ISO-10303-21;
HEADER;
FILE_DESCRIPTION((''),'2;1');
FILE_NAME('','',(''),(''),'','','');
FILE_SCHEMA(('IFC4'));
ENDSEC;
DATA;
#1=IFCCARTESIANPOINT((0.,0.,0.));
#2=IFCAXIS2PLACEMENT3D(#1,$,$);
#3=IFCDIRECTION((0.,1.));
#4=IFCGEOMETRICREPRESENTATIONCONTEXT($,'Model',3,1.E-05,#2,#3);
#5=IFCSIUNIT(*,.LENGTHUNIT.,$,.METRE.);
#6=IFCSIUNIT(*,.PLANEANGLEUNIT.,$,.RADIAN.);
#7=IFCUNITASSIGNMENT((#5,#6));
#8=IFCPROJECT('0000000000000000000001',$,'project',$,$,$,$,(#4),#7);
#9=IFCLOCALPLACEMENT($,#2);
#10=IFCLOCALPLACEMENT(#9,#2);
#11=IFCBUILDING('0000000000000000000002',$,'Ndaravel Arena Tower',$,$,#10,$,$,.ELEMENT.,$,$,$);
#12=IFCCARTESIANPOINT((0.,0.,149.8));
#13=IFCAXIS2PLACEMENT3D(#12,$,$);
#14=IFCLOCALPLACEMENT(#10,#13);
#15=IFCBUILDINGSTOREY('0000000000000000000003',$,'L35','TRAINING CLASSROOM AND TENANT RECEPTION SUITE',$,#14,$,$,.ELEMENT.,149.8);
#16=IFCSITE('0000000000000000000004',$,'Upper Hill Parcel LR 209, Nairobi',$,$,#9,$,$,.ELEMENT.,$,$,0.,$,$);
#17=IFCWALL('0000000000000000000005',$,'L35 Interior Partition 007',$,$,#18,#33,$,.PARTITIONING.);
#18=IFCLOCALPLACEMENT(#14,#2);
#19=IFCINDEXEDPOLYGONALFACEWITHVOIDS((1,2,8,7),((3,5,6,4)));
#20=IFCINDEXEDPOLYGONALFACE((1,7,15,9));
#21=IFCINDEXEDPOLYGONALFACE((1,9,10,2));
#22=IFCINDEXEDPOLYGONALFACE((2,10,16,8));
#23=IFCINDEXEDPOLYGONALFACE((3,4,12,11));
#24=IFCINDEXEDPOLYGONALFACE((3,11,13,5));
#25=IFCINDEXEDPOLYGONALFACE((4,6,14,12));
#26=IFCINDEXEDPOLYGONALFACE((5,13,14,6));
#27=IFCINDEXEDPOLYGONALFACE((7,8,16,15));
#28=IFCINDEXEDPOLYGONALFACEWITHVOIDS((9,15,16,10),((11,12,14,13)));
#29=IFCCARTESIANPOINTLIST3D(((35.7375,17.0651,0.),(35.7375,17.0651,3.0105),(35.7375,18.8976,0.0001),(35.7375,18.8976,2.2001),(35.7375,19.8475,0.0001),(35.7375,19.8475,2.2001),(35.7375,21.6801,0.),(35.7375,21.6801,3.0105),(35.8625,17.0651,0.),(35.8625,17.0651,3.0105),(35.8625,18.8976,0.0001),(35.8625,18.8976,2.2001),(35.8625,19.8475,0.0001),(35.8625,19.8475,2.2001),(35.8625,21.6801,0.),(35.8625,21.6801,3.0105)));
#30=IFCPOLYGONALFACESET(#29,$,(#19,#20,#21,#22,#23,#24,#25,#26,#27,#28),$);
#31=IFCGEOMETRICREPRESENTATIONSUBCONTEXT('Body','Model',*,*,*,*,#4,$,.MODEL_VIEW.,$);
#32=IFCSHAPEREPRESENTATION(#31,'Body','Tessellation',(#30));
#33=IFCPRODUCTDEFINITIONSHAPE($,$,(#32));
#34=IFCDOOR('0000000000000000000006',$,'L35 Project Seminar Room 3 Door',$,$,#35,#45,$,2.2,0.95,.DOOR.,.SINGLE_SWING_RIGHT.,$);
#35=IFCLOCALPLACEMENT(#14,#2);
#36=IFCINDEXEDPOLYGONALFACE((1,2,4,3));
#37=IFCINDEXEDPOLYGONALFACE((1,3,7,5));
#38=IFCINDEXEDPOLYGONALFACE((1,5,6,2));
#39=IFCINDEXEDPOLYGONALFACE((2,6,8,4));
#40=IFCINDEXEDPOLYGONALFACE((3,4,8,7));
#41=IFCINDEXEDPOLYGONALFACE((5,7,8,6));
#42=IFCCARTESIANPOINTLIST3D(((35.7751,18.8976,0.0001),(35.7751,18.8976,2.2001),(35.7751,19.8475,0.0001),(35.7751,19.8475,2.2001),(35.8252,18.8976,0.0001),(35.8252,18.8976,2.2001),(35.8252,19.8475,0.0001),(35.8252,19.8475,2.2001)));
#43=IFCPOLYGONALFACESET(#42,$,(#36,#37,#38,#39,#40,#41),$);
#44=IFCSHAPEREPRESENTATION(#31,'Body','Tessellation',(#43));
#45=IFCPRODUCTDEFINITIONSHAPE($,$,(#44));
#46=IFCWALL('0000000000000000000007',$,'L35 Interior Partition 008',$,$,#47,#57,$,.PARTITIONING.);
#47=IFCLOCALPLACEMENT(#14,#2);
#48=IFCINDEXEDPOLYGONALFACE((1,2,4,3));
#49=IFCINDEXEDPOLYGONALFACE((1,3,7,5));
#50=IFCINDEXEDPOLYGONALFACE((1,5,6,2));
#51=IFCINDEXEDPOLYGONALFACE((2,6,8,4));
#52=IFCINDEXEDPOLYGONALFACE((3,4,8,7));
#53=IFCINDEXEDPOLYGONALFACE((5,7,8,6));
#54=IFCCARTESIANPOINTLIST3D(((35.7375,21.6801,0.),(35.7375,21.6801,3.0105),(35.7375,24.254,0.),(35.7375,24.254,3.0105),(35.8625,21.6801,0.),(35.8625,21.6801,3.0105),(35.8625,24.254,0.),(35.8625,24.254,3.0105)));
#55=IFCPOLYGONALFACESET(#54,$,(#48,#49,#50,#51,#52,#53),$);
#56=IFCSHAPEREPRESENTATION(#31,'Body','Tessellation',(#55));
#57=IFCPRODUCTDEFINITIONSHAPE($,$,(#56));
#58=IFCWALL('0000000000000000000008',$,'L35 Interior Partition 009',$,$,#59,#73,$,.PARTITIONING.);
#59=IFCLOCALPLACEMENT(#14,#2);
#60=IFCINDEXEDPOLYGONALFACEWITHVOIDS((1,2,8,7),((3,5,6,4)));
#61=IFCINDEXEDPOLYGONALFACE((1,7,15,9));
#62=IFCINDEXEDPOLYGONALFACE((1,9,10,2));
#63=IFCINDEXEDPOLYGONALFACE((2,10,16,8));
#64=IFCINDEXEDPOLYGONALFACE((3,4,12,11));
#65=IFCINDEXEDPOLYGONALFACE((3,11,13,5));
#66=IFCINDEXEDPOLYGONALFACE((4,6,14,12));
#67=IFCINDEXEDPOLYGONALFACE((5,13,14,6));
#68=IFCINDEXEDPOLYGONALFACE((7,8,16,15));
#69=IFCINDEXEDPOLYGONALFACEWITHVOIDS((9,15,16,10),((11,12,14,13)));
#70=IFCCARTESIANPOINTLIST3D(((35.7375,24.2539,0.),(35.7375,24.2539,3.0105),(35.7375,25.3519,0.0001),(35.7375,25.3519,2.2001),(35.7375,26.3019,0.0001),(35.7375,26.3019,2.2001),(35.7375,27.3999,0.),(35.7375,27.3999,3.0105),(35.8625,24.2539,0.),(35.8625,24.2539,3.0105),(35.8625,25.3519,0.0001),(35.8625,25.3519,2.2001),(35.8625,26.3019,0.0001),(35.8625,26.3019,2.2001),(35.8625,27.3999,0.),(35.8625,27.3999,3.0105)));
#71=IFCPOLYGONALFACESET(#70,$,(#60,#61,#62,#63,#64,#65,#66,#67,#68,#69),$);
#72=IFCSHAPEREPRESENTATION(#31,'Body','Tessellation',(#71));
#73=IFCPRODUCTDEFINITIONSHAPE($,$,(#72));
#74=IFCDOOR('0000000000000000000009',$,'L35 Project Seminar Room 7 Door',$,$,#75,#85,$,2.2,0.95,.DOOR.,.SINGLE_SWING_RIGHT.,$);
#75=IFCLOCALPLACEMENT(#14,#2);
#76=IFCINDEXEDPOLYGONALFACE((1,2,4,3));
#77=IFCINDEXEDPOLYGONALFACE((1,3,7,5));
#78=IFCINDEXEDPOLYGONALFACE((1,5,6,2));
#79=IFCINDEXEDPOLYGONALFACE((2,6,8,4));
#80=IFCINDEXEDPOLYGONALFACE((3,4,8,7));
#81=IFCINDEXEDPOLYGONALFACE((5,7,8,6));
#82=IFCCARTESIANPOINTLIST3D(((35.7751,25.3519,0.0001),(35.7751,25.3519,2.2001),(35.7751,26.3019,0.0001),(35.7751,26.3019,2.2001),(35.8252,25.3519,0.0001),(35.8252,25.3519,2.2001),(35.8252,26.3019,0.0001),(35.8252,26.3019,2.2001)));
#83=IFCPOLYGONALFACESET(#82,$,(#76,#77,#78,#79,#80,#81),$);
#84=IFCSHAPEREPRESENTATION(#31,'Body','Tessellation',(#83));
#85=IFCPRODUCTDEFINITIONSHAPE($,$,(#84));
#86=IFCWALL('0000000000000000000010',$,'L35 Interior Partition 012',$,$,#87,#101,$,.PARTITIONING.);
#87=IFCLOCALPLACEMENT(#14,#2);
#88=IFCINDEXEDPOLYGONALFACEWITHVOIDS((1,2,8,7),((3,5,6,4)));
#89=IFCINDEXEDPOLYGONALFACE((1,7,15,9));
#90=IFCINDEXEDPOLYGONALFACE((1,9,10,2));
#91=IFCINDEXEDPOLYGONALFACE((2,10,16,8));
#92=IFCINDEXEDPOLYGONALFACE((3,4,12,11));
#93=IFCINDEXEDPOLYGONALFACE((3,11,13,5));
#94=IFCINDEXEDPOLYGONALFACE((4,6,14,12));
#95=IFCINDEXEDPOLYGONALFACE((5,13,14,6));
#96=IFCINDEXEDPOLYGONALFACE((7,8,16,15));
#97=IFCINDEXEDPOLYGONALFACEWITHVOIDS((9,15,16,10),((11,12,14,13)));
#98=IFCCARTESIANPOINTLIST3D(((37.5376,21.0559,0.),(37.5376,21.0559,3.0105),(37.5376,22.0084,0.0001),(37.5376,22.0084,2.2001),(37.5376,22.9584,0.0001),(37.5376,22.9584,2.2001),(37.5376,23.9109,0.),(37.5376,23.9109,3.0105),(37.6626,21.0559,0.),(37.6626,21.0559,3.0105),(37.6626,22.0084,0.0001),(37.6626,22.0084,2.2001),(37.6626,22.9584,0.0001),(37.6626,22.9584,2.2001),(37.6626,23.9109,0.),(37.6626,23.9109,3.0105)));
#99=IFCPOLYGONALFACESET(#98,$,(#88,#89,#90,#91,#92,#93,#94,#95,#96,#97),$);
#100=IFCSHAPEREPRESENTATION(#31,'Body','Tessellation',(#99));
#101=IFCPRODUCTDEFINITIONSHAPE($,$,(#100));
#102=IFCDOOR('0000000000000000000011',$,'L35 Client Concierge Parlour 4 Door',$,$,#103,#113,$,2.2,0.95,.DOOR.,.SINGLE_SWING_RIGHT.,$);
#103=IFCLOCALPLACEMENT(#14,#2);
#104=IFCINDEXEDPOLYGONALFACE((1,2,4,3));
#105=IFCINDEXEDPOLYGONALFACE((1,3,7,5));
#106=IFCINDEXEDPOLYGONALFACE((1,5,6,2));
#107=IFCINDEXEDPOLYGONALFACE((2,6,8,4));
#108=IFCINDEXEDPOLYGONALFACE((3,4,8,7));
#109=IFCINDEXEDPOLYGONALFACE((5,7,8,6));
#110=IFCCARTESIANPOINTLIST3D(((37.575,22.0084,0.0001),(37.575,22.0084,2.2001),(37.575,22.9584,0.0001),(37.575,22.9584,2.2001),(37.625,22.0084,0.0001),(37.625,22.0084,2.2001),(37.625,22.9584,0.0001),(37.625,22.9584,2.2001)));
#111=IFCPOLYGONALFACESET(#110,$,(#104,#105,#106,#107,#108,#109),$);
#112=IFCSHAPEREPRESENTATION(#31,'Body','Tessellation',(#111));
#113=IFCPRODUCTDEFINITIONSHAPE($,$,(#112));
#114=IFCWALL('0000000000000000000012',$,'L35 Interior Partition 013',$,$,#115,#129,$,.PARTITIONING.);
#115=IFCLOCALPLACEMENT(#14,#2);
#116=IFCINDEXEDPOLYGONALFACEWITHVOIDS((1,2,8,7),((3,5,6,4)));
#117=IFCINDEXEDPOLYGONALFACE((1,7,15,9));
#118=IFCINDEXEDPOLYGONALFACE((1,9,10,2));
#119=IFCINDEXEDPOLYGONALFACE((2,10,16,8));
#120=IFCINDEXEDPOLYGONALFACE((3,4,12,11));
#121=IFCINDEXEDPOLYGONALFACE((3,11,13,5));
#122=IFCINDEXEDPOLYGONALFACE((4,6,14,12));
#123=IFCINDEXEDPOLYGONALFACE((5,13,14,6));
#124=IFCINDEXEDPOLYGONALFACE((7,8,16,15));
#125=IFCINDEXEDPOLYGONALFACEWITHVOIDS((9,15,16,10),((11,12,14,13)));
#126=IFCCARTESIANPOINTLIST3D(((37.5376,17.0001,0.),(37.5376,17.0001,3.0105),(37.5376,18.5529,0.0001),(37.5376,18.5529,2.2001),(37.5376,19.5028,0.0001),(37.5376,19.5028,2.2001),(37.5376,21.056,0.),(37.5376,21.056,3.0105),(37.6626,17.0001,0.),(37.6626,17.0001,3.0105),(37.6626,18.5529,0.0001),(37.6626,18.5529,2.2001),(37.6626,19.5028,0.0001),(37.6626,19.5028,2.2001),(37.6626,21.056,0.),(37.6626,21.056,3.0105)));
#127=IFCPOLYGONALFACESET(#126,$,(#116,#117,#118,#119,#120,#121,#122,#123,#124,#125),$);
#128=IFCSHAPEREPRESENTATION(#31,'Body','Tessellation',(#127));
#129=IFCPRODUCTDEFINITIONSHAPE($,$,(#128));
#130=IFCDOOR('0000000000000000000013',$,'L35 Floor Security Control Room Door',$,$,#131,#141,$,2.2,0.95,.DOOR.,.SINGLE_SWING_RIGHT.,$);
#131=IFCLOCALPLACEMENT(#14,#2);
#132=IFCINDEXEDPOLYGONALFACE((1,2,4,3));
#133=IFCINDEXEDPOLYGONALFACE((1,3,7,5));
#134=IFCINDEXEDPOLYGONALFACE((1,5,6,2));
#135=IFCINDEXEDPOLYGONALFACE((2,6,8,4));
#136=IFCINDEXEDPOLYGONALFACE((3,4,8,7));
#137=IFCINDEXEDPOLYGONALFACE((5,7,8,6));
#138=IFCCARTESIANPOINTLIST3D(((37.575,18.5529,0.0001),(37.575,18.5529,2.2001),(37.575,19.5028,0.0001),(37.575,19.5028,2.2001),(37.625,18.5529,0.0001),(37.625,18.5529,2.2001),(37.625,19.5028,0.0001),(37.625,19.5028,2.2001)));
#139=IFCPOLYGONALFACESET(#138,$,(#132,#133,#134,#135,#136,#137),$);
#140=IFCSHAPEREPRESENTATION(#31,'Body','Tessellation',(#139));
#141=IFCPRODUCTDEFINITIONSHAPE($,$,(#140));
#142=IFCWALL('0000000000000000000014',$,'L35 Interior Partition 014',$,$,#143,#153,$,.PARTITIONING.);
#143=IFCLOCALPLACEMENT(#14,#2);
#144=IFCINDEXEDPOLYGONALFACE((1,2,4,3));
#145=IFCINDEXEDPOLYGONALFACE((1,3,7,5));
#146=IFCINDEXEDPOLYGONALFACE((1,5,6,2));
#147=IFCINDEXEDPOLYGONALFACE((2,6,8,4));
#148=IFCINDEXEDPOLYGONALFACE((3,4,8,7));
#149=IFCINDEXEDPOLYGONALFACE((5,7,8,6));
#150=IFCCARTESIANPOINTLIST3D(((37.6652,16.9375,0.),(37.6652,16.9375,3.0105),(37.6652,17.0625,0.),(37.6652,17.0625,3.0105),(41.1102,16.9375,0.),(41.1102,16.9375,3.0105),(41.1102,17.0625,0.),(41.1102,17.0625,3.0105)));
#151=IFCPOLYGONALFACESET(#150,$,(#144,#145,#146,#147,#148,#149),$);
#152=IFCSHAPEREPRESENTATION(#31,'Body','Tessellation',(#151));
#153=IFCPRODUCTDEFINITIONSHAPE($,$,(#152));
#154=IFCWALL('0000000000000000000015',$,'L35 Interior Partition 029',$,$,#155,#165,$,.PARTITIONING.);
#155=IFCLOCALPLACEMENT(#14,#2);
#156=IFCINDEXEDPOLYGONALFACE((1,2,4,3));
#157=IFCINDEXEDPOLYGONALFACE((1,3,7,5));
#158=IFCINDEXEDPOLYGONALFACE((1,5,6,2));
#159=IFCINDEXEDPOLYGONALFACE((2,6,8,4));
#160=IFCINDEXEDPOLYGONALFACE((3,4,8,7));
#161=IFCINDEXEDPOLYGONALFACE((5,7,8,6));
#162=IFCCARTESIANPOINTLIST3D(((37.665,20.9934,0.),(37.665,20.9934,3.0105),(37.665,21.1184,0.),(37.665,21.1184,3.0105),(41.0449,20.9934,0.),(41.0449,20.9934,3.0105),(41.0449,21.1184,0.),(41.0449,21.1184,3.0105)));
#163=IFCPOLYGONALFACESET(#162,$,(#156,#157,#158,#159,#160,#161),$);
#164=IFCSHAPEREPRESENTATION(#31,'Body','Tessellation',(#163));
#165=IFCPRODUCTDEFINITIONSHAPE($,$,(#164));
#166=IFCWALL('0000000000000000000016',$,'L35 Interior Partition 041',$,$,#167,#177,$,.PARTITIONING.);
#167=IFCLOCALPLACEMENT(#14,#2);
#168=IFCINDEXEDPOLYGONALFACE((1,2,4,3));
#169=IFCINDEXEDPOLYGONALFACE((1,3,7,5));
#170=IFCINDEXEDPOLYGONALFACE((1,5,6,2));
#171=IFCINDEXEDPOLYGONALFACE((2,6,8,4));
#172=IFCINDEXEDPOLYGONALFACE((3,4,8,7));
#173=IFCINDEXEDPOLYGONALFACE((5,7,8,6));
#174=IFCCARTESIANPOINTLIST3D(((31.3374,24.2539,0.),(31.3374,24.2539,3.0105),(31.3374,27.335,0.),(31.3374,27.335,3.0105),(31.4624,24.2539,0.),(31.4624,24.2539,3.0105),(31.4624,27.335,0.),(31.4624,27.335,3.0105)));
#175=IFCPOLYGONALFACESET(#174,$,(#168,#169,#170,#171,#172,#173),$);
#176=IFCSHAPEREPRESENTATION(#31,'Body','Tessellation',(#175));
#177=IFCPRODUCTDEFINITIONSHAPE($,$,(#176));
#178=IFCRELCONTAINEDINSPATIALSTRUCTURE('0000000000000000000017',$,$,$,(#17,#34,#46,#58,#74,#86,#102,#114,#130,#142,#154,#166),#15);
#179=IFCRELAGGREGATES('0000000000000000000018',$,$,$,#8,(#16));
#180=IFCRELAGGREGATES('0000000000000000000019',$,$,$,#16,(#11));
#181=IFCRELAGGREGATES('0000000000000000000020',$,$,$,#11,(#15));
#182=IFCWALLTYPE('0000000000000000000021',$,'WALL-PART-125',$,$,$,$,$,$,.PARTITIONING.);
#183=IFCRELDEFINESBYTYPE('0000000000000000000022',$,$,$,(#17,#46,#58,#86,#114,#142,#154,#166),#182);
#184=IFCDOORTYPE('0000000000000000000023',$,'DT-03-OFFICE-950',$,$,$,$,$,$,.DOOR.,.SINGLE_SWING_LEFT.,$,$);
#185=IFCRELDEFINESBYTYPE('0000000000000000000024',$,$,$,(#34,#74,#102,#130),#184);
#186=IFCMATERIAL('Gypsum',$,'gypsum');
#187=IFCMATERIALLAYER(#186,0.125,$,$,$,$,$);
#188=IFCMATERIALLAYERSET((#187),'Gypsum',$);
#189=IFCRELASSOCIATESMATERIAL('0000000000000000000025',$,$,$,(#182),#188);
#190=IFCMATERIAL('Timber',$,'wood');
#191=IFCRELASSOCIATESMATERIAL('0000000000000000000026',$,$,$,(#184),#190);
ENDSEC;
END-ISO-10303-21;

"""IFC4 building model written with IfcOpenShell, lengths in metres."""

from ifc_helpers import new_model, si_unit, direction, frame, frame_2d, origin, place, context, subcontext, project, spatial, rectangle, extrude, material, layer, layer_set, type_object, element, fill, save


model = new_model("IFC4")

# Units and contexts
model_context = context("Model", 3, precision=1e-05, world=origin(), true_north=direction((0.0, 1.0)))
body_context = subcontext(model_context, "Body", "Model", "MODEL_VIEW")
ifc_project = project(units=[si_unit("LENGTHUNIT", "METRE"), si_unit("PLANEANGLEUNIT", "RADIAN")], contexts=[model_context])

# Site, building, storey
site_placement = place(None, origin())
site = spatial("IfcSite", under=ifc_project, at=site_placement, Name="Upper Hill Parcel LR 209, Nairobi", CompositionType="ELEMENT", RefElevation=0.0)
building_placement = place(site_placement, origin())
building = spatial("IfcBuilding", under=site, at=building_placement, Name="Ndaravel Arena Tower", CompositionType="ELEMENT")
storey_placement = place(building_placement, frame((0.0, 0.0, 149.8)))
storey = spatial("IfcBuildingStorey", under=building, at=storey_placement, Name="L35", Description="TRAINING CLASSROOM AND TENANT RECEPTION SUITE", CompositionType="ELEMENT", Elevation=149.8)

# Wall, opening, door
ifc_material_1 = material(Name="Gypsum", Category="gypsum")
ifc_layer_1 = layer(ifc_material_1, 0.125)
ifc_layer_set_1 = layer_set([ifc_layer_1], Name="Gypsum")
wall_type_1 = type_object("IfcWallType", Name="WALL-PART-125", PredefinedType="PARTITIONING", material=ifc_layer_set_1)
wall_1_placement = place(storey_placement, frame((35.8, 17.0649, 0.0), z_axis=(0.0, 0.0, 1.0), x_axis=(0.0, 1.0, 0.0)))
wall_1 = element("IfcWall", 1, at=wall_1_placement, inside=storey, type_object=wall_type_1, Name="L35 Interior Partition 007", PredefinedType="PARTITIONING", context=body_context, shape_type="SweptSolid", body=[
    extrude(rectangle(XDim=4.615, YDim=0.125, at=frame_2d((2.3076, 0.0))), origin(), (0.0, 0.0, 1.0), 3.0105),
])
opening_1_placement = place(wall_1_placement, frame((1.8325, 0.0, 0.0)))
opening_1 = element("IfcOpeningElement", 2, at=opening_1_placement, cuts=wall_1, PredefinedType="OPENING", context=body_context, shape_type="SweptSolid", body=[
    extrude(rectangle(XDim=0.95, YDim=2.2, at=frame_2d((0.4751, 1.1001))), frame((0.0, 0.0625, 0.0), z_axis=(0.0, -1.0, 0.0), x_axis=(1.0, 0.0, 0.0)), (0.0, 0.0, 1.0), 0.125),
])
ifc_material_2 = material(Name="Timber", Category="wood")
door_type_1 = type_object("IfcDoorType", Name="DT-03-OFFICE-950", OperationType="SINGLE_SWING_LEFT", PredefinedType="DOOR", material=ifc_material_2)
door_1_placement = place(opening_1_placement, origin())
door_1 = element("IfcDoor", 3, at=door_1_placement, inside=storey, type_object=door_type_1, Name="L35 Project Seminar Room 3 Door", OperationType="SINGLE_SWING_RIGHT", OverallHeight=2.2, OverallWidth=0.95, PredefinedType="DOOR", context=body_context, shape_type="SweptSolid", body=[
    extrude(rectangle(XDim=0.95, YDim=2.2, at=frame_2d((0.4751, 1.1001))), frame((0.0, 0.0249, 0.0), z_axis=(0.0, -1.0, 0.0), x_axis=(1.0, 0.0, 0.0)), (0.0, 0.0, 1.0), 0.05),
])
fill(opening_1, door_1)

# Wall
wall_2_placement = place(storey_placement, frame((35.8, 21.6799, 0.0), z_axis=(0.0, 0.0, 1.0), x_axis=(0.0, 1.0, 0.0)))
element("IfcWall", 4, at=wall_2_placement, inside=storey, type_object=wall_type_1, Name="L35 Interior Partition 008", PredefinedType="PARTITIONING", context=body_context, shape_type="SweptSolid", body=[
    extrude(rectangle(XDim=2.574, YDim=0.125, at=frame_2d((1.2871, 0.0))), origin(), (0.0, 0.0, 1.0), 3.0105),
])

# Walls, openings, doors
wall_3_placement = place(storey_placement, frame((35.8, 24.2539, 0.0), z_axis=(0.0, 0.0, 1.0), x_axis=(0.0, 1.0, 0.0)))
wall_3 = element("IfcWall", 5, at=wall_3_placement, inside=storey, type_object=wall_type_1, Name="L35 Interior Partition 009", PredefinedType="PARTITIONING", context=body_context, shape_type="SweptSolid", body=[
    extrude(rectangle(XDim=3.146, YDim=0.125, at=frame_2d((1.573, 0.0))), origin(), (0.0, 0.0, 1.0), 3.0105),
])
opening_2_placement = place(wall_3_placement, frame((1.0979, 0.0, 0.0)))
opening_2 = element("IfcOpeningElement", 6, at=opening_2_placement, cuts=wall_3, PredefinedType="OPENING", context=body_context, shape_type="SweptSolid", body=[
    extrude(rectangle(XDim=0.95, YDim=2.2, at=frame_2d((0.4751, 1.1001))), frame((0.0, 0.0625, 0.0), z_axis=(0.0, -1.0, 0.0), x_axis=(1.0, 0.0, 0.0)), (0.0, 0.0, 1.0), 0.125),
])
door_2_placement = place(opening_2_placement, origin())
door_2 = element("IfcDoor", 7, at=door_2_placement, inside=storey, type_object=door_type_1, Name="L35 Project Seminar Room 7 Door", OperationType="SINGLE_SWING_RIGHT", OverallHeight=2.2, OverallWidth=0.95, PredefinedType="DOOR", context=body_context, shape_type="SweptSolid", body=[
    extrude(rectangle(XDim=0.95, YDim=2.2, at=frame_2d((0.4751, 1.1001))), frame((0.0, 0.0249, 0.0), z_axis=(0.0, -1.0, 0.0), x_axis=(1.0, 0.0, 0.0)), (0.0, 0.0, 1.0), 0.05),
])
fill(opening_2, door_2)
wall_4_placement = place(storey_placement, frame((37.6001, 23.9109, 0.0), z_axis=(0.0, 0.0, 1.0), x_axis=(0.0, -1.0, 0.0)))
wall_4 = element("IfcWall", 8, at=wall_4_placement, inside=storey, type_object=wall_type_1, Name="L35 Interior Partition 012", PredefinedType="PARTITIONING", context=body_context, shape_type="SweptSolid", body=[
    extrude(rectangle(XDim=2.855, YDim=0.125, at=frame_2d((1.4275, 0.0))), origin(), (0.0, 0.0, 1.0), 3.0105),
])
opening_3_placement = place(wall_4_placement, frame((0.9524, 0.0, 0.0)))
opening_3 = element("IfcOpeningElement", 9, at=opening_3_placement, cuts=wall_4, PredefinedType="OPENING", context=body_context, shape_type="SweptSolid", body=[
    extrude(rectangle(XDim=0.95, YDim=2.2, at=frame_2d((0.4751, 1.1001))), frame((0.0, 0.0625, 0.0), z_axis=(0.0, -1.0, 0.0), x_axis=(1.0, 0.0, 0.0)), (0.0, 0.0, 1.0), 0.125),
])
door_3_placement = place(opening_3_placement, origin())
door_3 = element("IfcDoor", 10, at=door_3_placement, inside=storey, type_object=door_type_1, Name="L35 Client Concierge Parlour 4 Door", OperationType="SINGLE_SWING_RIGHT", OverallHeight=2.2, OverallWidth=0.95, PredefinedType="DOOR", context=body_context, shape_type="SweptSolid", body=[
    extrude(rectangle(XDim=0.95, YDim=2.2, at=frame_2d((0.4751, 1.1001))), frame((0.0, 0.0249, 0.0), z_axis=(0.0, -1.0, 0.0), x_axis=(1.0, 0.0, 0.0)), (0.0, 0.0, 1.0), 0.05),
])
fill(opening_3, door_3)
wall_5_placement = place(storey_placement, frame((37.6001, 21.0559, 0.0), z_axis=(0.0, 0.0, 1.0), x_axis=(0.0, -1.0, 0.0)))
wall_5 = element("IfcWall", 11, at=wall_5_placement, inside=storey, type_object=wall_type_1, Name="L35 Interior Partition 013", PredefinedType="PARTITIONING", context=body_context, shape_type="SweptSolid", body=[
    extrude(rectangle(XDim=4.0559, YDim=0.125, at=frame_2d((2.0278, 0.0))), origin(), (0.0, 0.0, 1.0), 3.0105),
])
opening_4_placement = place(wall_5_placement, frame((1.553, 0.0, 0.0)))
opening_4 = element("IfcOpeningElement", 12, at=opening_4_placement, cuts=wall_5, PredefinedType="OPENING", context=body_context, shape_type="SweptSolid", body=[
    extrude(rectangle(XDim=0.95, YDim=2.2, at=frame_2d((0.4751, 1.1001))), frame((0.0, 0.0625, 0.0), z_axis=(0.0, -1.0, 0.0), x_axis=(1.0, 0.0, 0.0)), (0.0, 0.0, 1.0), 0.125),
])
door_4_placement = place(opening_4_placement, origin())
door_4 = element("IfcDoor", 13, at=door_4_placement, inside=storey, type_object=door_type_1, Name="L35 Floor Security Control Room Door", OperationType="SINGLE_SWING_RIGHT", OverallHeight=2.2, OverallWidth=0.95, PredefinedType="DOOR", context=body_context, shape_type="SweptSolid", body=[
    extrude(rectangle(XDim=0.95, YDim=2.2, at=frame_2d((0.4751, 1.1001))), frame((0.0, 0.0249, 0.0), z_axis=(0.0, -1.0, 0.0), x_axis=(1.0, 0.0, 0.0)), (0.0, 0.0, 1.0), 0.05),
])
fill(opening_4, door_4)

# Walls
wall_6_placement = place(storey_placement, frame((37.665, 17.0, 0.0), z_axis=(0.0, 0.0, 1.0), x_axis=(1.0, 0.0, 0.0)))
element("IfcWall", 14, at=wall_6_placement, inside=storey, type_object=wall_type_1, Name="L35 Interior Partition 014", PredefinedType="PARTITIONING", context=body_context, shape_type="SweptSolid", body=[
    extrude(rectangle(XDim=3.4451, YDim=0.125, at=frame_2d((1.7227, 0.0))), origin(), (0.0, 0.0, 1.0), 3.0105),
])
wall_7_placement = place(storey_placement, frame((37.665, 21.0559, 0.0), z_axis=(0.0, 0.0, 1.0), x_axis=(1.0, 0.0, 0.0)))
element("IfcWall", 15, at=wall_7_placement, inside=storey, type_object=wall_type_1, Name="L35 Interior Partition 029", PredefinedType="PARTITIONING", context=body_context, shape_type="SweptSolid", body=[
    extrude(rectangle(XDim=3.3799, YDim=0.125, at=frame_2d((1.6899, 0.0))), origin(), (0.0, 0.0, 1.0), 3.0105),
])
wall_8_placement = place(storey_placement, frame((31.3999, 27.335, 0.0), z_axis=(0.0, 0.0, 1.0), x_axis=(0.0, -1.0, 0.0)))
element("IfcWall", 16, at=wall_8_placement, inside=storey, type_object=wall_type_1, Name="L35 Interior Partition 041", PredefinedType="PARTITIONING", context=body_context, shape_type="SweptSolid", body=[
    extrude(rectangle(XDim=3.0811, YDim=0.125, at=frame_2d((1.5405, 0.0))), origin(), (0.0, 0.0, 1.0), 3.0105),
])

save(model, "model.ifc")
